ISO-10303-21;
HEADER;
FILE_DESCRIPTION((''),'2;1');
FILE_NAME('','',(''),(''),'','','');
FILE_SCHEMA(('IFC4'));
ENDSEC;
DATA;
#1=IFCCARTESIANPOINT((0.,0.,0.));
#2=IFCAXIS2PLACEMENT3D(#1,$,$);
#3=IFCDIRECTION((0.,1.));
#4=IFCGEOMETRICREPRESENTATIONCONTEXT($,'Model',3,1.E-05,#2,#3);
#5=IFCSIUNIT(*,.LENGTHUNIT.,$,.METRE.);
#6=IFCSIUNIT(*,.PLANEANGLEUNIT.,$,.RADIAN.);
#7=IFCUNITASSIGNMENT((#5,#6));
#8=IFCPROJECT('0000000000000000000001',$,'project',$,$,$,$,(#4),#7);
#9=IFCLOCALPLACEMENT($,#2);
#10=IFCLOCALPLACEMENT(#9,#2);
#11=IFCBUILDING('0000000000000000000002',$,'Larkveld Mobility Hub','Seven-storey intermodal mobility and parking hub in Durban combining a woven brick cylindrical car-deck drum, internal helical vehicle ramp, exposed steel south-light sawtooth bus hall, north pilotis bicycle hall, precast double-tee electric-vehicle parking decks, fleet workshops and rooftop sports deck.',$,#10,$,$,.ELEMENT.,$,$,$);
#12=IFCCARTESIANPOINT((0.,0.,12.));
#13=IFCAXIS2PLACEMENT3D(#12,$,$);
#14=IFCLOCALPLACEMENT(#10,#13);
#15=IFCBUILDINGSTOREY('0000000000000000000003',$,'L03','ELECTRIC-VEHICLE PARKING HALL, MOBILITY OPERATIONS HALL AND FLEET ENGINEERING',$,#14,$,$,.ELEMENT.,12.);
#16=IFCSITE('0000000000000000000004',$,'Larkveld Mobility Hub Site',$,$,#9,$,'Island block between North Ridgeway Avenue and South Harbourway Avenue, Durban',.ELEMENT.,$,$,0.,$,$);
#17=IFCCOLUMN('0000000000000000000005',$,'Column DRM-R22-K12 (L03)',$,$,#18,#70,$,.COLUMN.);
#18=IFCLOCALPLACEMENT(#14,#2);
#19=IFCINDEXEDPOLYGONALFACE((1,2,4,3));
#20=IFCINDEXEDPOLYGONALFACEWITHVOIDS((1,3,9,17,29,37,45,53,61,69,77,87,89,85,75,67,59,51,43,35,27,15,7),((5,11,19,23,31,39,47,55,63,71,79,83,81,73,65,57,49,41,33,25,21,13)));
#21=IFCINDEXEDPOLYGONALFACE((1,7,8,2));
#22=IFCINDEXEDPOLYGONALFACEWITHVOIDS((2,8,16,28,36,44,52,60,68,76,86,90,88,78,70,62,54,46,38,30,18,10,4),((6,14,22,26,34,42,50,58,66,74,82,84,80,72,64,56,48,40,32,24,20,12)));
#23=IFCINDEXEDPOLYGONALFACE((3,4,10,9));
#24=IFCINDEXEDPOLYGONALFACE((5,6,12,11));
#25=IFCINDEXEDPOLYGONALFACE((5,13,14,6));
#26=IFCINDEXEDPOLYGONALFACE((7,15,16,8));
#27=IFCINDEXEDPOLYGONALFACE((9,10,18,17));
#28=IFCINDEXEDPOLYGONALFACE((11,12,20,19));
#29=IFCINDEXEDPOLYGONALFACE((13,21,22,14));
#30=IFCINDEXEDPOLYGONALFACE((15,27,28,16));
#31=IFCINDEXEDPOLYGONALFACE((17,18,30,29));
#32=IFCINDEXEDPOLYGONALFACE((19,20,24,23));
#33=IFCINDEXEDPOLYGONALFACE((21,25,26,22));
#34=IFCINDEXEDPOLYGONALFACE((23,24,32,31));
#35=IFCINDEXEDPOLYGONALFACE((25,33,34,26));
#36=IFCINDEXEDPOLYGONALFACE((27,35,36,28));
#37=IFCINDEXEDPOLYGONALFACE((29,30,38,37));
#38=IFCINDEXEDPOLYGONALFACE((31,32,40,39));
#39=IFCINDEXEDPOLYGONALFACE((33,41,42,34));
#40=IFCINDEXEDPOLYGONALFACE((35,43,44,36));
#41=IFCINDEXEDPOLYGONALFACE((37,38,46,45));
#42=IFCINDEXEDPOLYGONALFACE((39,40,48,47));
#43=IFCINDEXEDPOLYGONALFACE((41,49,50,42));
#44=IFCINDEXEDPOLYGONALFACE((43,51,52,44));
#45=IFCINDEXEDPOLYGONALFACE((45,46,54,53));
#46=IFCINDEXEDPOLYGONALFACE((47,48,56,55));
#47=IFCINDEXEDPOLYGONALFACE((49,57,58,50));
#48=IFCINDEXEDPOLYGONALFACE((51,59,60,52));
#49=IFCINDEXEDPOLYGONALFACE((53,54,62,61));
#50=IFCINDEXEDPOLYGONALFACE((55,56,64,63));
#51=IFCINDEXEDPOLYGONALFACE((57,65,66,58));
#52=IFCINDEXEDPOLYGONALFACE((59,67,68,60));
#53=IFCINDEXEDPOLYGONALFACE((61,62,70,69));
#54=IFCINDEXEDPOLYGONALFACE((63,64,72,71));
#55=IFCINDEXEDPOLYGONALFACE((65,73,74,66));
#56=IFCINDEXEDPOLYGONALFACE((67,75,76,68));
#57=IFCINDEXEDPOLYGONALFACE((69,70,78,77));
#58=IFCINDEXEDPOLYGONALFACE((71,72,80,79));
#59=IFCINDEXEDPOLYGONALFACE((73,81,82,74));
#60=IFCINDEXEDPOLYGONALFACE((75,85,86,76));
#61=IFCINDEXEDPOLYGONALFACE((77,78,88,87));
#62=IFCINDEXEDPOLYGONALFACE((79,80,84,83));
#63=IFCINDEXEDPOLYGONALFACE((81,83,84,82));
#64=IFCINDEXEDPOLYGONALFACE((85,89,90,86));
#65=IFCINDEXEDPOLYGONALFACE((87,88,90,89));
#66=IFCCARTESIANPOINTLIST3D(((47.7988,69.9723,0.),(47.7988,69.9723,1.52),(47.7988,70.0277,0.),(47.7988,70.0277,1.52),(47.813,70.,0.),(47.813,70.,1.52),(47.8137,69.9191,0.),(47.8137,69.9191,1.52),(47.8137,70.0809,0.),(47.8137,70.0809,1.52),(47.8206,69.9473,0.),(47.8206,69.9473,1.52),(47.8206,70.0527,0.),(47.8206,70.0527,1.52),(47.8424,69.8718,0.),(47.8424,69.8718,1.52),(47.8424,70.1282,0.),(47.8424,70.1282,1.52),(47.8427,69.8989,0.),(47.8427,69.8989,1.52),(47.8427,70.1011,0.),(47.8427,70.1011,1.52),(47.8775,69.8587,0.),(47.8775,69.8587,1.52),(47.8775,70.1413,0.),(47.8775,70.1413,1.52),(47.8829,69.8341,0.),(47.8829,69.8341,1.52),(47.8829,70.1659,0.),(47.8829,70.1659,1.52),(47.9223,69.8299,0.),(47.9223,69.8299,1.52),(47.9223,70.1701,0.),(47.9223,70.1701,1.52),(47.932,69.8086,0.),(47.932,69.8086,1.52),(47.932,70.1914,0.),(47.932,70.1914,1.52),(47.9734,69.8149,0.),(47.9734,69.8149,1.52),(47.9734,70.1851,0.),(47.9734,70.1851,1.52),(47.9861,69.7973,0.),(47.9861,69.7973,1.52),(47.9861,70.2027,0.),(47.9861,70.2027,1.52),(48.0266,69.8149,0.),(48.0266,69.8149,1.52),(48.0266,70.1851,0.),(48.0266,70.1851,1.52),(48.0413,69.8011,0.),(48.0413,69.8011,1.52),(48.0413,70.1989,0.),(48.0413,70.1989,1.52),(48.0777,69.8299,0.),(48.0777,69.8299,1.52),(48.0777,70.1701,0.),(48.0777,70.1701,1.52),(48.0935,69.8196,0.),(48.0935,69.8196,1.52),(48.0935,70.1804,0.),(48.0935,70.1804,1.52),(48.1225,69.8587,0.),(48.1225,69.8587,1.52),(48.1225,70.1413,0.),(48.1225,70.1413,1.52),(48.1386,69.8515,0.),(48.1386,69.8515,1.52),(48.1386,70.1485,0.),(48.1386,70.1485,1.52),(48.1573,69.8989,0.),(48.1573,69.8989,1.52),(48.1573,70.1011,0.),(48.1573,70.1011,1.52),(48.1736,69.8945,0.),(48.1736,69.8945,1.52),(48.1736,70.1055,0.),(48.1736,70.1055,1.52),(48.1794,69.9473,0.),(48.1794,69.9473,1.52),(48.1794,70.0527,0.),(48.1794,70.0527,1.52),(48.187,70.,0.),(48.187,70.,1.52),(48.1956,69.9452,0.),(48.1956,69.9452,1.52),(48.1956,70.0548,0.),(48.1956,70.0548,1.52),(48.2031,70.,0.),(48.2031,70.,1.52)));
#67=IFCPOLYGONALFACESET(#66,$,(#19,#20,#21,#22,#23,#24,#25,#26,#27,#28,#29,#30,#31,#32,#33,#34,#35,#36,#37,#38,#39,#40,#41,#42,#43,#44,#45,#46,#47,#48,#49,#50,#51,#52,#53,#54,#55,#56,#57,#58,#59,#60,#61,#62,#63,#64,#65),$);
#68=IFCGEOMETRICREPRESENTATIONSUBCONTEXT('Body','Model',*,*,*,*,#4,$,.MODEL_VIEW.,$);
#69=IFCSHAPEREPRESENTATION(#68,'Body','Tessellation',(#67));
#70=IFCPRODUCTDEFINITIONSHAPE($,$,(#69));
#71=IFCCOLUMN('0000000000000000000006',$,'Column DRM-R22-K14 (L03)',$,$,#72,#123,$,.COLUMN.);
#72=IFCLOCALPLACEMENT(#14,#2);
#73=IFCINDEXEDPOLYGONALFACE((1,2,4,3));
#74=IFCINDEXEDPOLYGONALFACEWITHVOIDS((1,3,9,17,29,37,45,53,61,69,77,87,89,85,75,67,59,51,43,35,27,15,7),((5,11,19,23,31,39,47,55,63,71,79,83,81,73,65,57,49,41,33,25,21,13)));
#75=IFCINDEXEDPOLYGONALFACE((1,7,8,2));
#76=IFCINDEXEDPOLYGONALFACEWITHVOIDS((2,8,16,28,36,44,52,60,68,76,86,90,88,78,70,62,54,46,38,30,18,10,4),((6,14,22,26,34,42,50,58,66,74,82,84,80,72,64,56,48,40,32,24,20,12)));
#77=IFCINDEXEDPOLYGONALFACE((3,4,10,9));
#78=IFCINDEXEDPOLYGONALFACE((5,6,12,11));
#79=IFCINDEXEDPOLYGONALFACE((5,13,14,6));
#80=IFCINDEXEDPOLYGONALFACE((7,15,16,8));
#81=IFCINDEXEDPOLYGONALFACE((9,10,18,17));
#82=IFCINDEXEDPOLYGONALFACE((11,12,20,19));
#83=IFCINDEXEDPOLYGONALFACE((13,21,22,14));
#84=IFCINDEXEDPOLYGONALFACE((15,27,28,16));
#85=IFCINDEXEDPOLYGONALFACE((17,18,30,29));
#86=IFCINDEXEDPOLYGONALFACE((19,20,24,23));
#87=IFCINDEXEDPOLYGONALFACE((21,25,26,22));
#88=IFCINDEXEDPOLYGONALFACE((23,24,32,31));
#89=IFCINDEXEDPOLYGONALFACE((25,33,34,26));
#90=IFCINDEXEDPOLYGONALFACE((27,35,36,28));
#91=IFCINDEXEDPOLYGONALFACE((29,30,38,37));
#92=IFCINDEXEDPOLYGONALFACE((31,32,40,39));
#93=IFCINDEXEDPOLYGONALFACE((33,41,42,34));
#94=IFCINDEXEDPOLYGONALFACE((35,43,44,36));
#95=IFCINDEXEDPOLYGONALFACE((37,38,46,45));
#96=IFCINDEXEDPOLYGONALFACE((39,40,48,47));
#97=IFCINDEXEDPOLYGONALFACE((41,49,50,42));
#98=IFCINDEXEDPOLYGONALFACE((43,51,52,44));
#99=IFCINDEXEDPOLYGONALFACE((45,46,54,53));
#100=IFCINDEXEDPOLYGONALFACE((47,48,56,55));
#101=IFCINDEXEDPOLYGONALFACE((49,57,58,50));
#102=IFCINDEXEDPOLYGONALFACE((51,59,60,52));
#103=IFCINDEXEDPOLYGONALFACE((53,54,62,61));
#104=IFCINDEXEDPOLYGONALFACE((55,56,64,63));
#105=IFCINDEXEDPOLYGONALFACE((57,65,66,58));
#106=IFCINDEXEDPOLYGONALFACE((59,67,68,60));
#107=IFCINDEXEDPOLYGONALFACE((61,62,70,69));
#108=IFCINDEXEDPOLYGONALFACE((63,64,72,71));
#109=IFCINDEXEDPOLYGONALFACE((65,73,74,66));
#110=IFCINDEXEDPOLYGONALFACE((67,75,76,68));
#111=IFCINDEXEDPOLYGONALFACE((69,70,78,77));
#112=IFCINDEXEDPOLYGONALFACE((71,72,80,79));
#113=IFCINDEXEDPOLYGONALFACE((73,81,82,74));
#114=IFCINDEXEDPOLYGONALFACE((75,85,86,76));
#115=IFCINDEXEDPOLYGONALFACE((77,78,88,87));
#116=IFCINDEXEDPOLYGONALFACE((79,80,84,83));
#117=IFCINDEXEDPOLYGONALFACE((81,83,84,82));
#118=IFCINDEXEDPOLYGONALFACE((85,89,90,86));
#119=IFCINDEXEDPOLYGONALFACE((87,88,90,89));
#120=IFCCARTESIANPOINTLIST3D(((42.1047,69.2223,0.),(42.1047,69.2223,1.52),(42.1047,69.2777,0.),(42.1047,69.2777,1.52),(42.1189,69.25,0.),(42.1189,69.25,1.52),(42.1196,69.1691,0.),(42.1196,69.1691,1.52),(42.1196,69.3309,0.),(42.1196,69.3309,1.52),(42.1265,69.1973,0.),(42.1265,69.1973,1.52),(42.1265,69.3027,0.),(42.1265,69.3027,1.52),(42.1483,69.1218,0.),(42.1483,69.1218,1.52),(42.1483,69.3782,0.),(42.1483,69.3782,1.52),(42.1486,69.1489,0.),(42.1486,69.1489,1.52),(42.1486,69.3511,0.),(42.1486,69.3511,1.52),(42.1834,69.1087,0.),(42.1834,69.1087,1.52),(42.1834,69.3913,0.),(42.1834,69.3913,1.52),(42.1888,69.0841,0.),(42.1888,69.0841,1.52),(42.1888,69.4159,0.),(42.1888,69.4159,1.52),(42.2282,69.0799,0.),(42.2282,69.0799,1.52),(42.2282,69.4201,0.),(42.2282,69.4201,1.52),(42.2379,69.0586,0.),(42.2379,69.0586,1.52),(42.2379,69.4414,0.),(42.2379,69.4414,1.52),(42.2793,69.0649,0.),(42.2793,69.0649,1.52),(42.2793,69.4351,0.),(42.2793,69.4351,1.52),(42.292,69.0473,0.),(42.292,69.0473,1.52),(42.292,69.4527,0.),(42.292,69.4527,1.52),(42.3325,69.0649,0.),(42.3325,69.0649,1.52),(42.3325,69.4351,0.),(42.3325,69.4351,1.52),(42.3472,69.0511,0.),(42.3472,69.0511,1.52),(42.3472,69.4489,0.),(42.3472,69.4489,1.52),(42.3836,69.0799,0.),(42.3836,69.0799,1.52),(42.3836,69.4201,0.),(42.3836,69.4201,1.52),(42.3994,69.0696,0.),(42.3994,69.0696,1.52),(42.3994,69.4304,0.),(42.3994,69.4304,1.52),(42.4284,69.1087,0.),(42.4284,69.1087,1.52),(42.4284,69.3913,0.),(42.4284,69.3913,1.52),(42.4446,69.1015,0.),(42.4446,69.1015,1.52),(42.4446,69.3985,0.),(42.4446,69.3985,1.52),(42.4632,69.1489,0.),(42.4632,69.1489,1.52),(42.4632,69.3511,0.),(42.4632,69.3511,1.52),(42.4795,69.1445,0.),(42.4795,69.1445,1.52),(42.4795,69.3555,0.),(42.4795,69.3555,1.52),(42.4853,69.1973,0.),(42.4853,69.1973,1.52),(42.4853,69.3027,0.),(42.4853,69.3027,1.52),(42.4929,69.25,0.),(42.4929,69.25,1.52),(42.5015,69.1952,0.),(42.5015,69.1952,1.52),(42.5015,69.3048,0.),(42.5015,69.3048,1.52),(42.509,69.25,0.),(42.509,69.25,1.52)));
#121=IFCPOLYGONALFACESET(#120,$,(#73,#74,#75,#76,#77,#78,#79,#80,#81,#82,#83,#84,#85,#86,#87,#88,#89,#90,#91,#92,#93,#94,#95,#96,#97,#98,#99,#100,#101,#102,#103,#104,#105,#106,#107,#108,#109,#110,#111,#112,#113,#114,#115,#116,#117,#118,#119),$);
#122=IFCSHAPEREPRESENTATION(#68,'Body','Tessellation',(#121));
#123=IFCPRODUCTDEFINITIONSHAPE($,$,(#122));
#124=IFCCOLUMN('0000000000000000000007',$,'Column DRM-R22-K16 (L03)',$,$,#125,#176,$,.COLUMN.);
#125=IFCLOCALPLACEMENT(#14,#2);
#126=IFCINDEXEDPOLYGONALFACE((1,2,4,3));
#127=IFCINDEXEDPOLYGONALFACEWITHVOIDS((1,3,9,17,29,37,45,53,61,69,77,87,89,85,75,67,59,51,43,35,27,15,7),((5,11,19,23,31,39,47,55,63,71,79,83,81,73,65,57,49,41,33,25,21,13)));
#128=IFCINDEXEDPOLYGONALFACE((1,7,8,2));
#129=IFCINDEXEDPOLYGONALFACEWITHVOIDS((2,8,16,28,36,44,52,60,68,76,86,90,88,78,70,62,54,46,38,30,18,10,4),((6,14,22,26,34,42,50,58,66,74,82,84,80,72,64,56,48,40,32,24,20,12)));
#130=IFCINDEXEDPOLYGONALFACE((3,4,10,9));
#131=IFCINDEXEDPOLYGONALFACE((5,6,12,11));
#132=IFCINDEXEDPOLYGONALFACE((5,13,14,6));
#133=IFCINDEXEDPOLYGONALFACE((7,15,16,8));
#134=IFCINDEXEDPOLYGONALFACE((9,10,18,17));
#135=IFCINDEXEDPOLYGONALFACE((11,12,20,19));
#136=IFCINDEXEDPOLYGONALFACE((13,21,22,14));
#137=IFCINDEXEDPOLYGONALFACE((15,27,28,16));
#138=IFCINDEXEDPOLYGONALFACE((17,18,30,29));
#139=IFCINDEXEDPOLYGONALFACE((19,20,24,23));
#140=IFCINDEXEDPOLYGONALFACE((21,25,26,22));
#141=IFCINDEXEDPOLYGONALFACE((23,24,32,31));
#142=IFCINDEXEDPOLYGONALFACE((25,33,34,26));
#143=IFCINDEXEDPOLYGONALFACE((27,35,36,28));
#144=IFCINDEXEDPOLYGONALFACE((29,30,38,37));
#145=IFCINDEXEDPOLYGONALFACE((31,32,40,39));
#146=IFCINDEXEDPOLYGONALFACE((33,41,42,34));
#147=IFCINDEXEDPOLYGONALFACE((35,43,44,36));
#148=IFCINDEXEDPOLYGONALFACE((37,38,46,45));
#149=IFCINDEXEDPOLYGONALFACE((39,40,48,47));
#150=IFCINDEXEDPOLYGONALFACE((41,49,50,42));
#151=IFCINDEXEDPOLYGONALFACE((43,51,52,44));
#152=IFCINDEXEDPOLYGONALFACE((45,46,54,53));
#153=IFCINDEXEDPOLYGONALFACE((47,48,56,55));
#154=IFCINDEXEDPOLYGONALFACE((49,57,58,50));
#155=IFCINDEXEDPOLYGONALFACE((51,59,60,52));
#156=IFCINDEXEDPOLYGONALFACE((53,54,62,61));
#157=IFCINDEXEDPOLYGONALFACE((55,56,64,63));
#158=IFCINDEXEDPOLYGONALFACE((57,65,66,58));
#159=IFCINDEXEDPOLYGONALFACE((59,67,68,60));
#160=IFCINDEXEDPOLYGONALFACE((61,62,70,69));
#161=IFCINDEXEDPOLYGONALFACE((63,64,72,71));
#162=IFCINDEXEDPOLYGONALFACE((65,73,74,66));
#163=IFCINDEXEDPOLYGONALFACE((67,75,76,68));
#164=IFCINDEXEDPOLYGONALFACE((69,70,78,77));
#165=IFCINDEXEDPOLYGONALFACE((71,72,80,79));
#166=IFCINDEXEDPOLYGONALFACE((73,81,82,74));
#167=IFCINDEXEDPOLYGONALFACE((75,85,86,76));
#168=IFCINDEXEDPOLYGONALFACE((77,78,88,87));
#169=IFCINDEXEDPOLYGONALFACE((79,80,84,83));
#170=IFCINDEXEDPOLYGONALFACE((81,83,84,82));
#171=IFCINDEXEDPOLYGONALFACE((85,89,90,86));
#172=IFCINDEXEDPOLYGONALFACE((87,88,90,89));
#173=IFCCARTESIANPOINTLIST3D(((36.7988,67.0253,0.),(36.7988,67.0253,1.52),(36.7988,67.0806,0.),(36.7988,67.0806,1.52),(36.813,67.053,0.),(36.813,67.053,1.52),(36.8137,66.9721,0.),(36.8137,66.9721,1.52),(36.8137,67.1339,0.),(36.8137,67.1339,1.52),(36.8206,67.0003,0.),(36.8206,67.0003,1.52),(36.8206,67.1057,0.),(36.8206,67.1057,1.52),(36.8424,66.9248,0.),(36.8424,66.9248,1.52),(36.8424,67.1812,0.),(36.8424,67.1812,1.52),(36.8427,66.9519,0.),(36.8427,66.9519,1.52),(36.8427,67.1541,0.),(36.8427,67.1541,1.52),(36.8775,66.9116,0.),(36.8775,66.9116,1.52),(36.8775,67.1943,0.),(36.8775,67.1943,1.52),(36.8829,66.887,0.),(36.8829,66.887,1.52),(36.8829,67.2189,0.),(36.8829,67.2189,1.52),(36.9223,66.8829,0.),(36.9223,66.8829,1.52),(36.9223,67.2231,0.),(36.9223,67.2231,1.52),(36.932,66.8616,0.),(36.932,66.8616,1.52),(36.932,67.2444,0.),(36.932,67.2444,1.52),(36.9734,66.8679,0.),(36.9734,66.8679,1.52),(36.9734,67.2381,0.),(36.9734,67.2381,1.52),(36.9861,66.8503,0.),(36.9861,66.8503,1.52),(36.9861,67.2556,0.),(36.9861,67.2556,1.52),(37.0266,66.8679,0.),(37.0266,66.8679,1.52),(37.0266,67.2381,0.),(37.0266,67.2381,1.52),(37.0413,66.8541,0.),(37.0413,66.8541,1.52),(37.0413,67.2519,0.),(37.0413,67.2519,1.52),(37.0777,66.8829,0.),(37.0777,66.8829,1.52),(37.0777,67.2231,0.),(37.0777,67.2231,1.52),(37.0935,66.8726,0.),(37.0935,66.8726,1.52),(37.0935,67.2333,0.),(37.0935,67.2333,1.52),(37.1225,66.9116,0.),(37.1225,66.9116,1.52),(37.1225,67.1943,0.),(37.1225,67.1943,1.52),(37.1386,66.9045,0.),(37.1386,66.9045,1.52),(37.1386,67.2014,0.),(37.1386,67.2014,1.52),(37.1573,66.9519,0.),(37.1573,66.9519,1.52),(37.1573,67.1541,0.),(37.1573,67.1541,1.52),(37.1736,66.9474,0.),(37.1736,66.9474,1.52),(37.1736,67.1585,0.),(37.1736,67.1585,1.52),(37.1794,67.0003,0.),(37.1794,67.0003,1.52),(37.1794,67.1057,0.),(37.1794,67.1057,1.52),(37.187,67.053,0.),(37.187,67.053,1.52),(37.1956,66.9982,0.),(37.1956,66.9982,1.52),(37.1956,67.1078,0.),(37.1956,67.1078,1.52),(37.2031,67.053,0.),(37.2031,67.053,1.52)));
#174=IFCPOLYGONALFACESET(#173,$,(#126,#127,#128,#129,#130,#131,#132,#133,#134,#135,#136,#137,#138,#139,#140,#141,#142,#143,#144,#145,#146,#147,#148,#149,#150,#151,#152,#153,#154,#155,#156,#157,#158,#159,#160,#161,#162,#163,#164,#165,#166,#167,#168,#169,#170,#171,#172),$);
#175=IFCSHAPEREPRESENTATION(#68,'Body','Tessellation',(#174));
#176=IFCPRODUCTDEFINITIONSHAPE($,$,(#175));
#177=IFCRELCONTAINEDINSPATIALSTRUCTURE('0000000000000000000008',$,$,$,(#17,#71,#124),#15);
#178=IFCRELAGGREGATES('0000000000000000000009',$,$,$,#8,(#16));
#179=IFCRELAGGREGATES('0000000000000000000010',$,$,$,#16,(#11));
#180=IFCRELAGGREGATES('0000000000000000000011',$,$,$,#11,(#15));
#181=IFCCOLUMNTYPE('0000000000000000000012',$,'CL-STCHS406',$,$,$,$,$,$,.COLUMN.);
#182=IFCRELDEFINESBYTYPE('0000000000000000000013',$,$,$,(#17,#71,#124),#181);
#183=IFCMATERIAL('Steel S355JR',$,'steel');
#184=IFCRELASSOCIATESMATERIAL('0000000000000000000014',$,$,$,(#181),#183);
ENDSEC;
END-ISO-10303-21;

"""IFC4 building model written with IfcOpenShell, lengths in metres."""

from ifc_helpers import new_model, si_unit, direction, frame, origin, origin_2d, place, context, subcontext, project, spatial, hollow_circle, extrude, material, material_profile, profile_set, type_object, element, save


model = new_model("IFC4")

# Units and contexts
model_context = context("Model", 3, precision=1e-05, world=origin(), true_north=direction((0.0, 1.0)))
body_context = subcontext(model_context, "Body", "Model", "MODEL_VIEW")
ifc_project = project(units=[si_unit("LENGTHUNIT", "METRE"), si_unit("PLANEANGLEUNIT", "RADIAN")], contexts=[model_context])

# Site, building, storey
site_placement = place(None, origin())
site = spatial("IfcSite", under=ifc_project, at=site_placement, Name="Larkveld Mobility Hub Site", LongName="Island block between North Ridgeway Avenue and South Harbourway Avenue, Durban", CompositionType="ELEMENT", RefElevation=0.0)
building_placement = place(site_placement, origin())
building = spatial("IfcBuilding", under=site, at=building_placement, Name="Larkveld Mobility Hub", Description="Seven-storey intermodal mobility and parking hub in Durban combining a woven brick cylindrical car-deck drum, internal helical vehicle ramp, exposed steel south-light sawtooth bus hall, north pilotis bicycle hall, precast double-tee electric-vehicle parking decks, fleet workshops and rooftop sports deck.", CompositionType="ELEMENT")
storey_placement = place(building_placement, frame((0.0, 0.0, 12.0)))
storey = spatial("IfcBuildingStorey", under=building, at=storey_placement, Name="L03", Description="ELECTRIC-VEHICLE PARKING HALL, MOBILITY OPERATIONS HALL AND FLEET ENGINEERING", CompositionType="ELEMENT", Elevation=12.0)

# Columns
ifc_material_1 = material(Name="Steel S355JR", Category="steel")
ifc_material_profile_1 = material_profile(ifc_material_1, hollow_circle(Radius=0.2031, WallThickness=0.0161, at=origin_2d()), Name="CHS 406.4x16")
ifc_profile_set_1 = profile_set([ifc_material_profile_1], Name="Steel S355JR")
column_type = type_object("IfcColumnType", Name="CL-STCHS406", PredefinedType="COLUMN", material=ifc_profile_set_1)
for number, where, z_axis, x_axis, name in (
    (1, (48.0, 70.0, 0.0), (0.0, 0.0, 1.0), (1.0, 0.0, 0.0), "Column DRM-R22-K12 (L03)"),
    (2, (42.3059, 69.25, 0.0), (0.0, 0.0, 1.0), (1.0, 0.0, 0.0), "Column DRM-R22-K14 (L03)"),
    (3, (37.0, 67.053, 0.0), (0.0, 0.0, 1.0), (1.0, 0.0, 0.0), "Column DRM-R22-K16 (L03)"),
):
    element("IfcColumn", number, at=place(storey_placement, frame(where, z_axis=z_axis, x_axis=x_axis)), inside=storey, type_object=column_type, Name=name, PredefinedType="COLUMN", context=body_context, shape_type="SweptSolid", body=[
        extrude(hollow_circle(Radius=0.2031, WallThickness=0.0161, at=origin_2d()), origin(), (0.0, 0.0, 1.0), 1.52),
    ])

save(model, "model.ifc")
